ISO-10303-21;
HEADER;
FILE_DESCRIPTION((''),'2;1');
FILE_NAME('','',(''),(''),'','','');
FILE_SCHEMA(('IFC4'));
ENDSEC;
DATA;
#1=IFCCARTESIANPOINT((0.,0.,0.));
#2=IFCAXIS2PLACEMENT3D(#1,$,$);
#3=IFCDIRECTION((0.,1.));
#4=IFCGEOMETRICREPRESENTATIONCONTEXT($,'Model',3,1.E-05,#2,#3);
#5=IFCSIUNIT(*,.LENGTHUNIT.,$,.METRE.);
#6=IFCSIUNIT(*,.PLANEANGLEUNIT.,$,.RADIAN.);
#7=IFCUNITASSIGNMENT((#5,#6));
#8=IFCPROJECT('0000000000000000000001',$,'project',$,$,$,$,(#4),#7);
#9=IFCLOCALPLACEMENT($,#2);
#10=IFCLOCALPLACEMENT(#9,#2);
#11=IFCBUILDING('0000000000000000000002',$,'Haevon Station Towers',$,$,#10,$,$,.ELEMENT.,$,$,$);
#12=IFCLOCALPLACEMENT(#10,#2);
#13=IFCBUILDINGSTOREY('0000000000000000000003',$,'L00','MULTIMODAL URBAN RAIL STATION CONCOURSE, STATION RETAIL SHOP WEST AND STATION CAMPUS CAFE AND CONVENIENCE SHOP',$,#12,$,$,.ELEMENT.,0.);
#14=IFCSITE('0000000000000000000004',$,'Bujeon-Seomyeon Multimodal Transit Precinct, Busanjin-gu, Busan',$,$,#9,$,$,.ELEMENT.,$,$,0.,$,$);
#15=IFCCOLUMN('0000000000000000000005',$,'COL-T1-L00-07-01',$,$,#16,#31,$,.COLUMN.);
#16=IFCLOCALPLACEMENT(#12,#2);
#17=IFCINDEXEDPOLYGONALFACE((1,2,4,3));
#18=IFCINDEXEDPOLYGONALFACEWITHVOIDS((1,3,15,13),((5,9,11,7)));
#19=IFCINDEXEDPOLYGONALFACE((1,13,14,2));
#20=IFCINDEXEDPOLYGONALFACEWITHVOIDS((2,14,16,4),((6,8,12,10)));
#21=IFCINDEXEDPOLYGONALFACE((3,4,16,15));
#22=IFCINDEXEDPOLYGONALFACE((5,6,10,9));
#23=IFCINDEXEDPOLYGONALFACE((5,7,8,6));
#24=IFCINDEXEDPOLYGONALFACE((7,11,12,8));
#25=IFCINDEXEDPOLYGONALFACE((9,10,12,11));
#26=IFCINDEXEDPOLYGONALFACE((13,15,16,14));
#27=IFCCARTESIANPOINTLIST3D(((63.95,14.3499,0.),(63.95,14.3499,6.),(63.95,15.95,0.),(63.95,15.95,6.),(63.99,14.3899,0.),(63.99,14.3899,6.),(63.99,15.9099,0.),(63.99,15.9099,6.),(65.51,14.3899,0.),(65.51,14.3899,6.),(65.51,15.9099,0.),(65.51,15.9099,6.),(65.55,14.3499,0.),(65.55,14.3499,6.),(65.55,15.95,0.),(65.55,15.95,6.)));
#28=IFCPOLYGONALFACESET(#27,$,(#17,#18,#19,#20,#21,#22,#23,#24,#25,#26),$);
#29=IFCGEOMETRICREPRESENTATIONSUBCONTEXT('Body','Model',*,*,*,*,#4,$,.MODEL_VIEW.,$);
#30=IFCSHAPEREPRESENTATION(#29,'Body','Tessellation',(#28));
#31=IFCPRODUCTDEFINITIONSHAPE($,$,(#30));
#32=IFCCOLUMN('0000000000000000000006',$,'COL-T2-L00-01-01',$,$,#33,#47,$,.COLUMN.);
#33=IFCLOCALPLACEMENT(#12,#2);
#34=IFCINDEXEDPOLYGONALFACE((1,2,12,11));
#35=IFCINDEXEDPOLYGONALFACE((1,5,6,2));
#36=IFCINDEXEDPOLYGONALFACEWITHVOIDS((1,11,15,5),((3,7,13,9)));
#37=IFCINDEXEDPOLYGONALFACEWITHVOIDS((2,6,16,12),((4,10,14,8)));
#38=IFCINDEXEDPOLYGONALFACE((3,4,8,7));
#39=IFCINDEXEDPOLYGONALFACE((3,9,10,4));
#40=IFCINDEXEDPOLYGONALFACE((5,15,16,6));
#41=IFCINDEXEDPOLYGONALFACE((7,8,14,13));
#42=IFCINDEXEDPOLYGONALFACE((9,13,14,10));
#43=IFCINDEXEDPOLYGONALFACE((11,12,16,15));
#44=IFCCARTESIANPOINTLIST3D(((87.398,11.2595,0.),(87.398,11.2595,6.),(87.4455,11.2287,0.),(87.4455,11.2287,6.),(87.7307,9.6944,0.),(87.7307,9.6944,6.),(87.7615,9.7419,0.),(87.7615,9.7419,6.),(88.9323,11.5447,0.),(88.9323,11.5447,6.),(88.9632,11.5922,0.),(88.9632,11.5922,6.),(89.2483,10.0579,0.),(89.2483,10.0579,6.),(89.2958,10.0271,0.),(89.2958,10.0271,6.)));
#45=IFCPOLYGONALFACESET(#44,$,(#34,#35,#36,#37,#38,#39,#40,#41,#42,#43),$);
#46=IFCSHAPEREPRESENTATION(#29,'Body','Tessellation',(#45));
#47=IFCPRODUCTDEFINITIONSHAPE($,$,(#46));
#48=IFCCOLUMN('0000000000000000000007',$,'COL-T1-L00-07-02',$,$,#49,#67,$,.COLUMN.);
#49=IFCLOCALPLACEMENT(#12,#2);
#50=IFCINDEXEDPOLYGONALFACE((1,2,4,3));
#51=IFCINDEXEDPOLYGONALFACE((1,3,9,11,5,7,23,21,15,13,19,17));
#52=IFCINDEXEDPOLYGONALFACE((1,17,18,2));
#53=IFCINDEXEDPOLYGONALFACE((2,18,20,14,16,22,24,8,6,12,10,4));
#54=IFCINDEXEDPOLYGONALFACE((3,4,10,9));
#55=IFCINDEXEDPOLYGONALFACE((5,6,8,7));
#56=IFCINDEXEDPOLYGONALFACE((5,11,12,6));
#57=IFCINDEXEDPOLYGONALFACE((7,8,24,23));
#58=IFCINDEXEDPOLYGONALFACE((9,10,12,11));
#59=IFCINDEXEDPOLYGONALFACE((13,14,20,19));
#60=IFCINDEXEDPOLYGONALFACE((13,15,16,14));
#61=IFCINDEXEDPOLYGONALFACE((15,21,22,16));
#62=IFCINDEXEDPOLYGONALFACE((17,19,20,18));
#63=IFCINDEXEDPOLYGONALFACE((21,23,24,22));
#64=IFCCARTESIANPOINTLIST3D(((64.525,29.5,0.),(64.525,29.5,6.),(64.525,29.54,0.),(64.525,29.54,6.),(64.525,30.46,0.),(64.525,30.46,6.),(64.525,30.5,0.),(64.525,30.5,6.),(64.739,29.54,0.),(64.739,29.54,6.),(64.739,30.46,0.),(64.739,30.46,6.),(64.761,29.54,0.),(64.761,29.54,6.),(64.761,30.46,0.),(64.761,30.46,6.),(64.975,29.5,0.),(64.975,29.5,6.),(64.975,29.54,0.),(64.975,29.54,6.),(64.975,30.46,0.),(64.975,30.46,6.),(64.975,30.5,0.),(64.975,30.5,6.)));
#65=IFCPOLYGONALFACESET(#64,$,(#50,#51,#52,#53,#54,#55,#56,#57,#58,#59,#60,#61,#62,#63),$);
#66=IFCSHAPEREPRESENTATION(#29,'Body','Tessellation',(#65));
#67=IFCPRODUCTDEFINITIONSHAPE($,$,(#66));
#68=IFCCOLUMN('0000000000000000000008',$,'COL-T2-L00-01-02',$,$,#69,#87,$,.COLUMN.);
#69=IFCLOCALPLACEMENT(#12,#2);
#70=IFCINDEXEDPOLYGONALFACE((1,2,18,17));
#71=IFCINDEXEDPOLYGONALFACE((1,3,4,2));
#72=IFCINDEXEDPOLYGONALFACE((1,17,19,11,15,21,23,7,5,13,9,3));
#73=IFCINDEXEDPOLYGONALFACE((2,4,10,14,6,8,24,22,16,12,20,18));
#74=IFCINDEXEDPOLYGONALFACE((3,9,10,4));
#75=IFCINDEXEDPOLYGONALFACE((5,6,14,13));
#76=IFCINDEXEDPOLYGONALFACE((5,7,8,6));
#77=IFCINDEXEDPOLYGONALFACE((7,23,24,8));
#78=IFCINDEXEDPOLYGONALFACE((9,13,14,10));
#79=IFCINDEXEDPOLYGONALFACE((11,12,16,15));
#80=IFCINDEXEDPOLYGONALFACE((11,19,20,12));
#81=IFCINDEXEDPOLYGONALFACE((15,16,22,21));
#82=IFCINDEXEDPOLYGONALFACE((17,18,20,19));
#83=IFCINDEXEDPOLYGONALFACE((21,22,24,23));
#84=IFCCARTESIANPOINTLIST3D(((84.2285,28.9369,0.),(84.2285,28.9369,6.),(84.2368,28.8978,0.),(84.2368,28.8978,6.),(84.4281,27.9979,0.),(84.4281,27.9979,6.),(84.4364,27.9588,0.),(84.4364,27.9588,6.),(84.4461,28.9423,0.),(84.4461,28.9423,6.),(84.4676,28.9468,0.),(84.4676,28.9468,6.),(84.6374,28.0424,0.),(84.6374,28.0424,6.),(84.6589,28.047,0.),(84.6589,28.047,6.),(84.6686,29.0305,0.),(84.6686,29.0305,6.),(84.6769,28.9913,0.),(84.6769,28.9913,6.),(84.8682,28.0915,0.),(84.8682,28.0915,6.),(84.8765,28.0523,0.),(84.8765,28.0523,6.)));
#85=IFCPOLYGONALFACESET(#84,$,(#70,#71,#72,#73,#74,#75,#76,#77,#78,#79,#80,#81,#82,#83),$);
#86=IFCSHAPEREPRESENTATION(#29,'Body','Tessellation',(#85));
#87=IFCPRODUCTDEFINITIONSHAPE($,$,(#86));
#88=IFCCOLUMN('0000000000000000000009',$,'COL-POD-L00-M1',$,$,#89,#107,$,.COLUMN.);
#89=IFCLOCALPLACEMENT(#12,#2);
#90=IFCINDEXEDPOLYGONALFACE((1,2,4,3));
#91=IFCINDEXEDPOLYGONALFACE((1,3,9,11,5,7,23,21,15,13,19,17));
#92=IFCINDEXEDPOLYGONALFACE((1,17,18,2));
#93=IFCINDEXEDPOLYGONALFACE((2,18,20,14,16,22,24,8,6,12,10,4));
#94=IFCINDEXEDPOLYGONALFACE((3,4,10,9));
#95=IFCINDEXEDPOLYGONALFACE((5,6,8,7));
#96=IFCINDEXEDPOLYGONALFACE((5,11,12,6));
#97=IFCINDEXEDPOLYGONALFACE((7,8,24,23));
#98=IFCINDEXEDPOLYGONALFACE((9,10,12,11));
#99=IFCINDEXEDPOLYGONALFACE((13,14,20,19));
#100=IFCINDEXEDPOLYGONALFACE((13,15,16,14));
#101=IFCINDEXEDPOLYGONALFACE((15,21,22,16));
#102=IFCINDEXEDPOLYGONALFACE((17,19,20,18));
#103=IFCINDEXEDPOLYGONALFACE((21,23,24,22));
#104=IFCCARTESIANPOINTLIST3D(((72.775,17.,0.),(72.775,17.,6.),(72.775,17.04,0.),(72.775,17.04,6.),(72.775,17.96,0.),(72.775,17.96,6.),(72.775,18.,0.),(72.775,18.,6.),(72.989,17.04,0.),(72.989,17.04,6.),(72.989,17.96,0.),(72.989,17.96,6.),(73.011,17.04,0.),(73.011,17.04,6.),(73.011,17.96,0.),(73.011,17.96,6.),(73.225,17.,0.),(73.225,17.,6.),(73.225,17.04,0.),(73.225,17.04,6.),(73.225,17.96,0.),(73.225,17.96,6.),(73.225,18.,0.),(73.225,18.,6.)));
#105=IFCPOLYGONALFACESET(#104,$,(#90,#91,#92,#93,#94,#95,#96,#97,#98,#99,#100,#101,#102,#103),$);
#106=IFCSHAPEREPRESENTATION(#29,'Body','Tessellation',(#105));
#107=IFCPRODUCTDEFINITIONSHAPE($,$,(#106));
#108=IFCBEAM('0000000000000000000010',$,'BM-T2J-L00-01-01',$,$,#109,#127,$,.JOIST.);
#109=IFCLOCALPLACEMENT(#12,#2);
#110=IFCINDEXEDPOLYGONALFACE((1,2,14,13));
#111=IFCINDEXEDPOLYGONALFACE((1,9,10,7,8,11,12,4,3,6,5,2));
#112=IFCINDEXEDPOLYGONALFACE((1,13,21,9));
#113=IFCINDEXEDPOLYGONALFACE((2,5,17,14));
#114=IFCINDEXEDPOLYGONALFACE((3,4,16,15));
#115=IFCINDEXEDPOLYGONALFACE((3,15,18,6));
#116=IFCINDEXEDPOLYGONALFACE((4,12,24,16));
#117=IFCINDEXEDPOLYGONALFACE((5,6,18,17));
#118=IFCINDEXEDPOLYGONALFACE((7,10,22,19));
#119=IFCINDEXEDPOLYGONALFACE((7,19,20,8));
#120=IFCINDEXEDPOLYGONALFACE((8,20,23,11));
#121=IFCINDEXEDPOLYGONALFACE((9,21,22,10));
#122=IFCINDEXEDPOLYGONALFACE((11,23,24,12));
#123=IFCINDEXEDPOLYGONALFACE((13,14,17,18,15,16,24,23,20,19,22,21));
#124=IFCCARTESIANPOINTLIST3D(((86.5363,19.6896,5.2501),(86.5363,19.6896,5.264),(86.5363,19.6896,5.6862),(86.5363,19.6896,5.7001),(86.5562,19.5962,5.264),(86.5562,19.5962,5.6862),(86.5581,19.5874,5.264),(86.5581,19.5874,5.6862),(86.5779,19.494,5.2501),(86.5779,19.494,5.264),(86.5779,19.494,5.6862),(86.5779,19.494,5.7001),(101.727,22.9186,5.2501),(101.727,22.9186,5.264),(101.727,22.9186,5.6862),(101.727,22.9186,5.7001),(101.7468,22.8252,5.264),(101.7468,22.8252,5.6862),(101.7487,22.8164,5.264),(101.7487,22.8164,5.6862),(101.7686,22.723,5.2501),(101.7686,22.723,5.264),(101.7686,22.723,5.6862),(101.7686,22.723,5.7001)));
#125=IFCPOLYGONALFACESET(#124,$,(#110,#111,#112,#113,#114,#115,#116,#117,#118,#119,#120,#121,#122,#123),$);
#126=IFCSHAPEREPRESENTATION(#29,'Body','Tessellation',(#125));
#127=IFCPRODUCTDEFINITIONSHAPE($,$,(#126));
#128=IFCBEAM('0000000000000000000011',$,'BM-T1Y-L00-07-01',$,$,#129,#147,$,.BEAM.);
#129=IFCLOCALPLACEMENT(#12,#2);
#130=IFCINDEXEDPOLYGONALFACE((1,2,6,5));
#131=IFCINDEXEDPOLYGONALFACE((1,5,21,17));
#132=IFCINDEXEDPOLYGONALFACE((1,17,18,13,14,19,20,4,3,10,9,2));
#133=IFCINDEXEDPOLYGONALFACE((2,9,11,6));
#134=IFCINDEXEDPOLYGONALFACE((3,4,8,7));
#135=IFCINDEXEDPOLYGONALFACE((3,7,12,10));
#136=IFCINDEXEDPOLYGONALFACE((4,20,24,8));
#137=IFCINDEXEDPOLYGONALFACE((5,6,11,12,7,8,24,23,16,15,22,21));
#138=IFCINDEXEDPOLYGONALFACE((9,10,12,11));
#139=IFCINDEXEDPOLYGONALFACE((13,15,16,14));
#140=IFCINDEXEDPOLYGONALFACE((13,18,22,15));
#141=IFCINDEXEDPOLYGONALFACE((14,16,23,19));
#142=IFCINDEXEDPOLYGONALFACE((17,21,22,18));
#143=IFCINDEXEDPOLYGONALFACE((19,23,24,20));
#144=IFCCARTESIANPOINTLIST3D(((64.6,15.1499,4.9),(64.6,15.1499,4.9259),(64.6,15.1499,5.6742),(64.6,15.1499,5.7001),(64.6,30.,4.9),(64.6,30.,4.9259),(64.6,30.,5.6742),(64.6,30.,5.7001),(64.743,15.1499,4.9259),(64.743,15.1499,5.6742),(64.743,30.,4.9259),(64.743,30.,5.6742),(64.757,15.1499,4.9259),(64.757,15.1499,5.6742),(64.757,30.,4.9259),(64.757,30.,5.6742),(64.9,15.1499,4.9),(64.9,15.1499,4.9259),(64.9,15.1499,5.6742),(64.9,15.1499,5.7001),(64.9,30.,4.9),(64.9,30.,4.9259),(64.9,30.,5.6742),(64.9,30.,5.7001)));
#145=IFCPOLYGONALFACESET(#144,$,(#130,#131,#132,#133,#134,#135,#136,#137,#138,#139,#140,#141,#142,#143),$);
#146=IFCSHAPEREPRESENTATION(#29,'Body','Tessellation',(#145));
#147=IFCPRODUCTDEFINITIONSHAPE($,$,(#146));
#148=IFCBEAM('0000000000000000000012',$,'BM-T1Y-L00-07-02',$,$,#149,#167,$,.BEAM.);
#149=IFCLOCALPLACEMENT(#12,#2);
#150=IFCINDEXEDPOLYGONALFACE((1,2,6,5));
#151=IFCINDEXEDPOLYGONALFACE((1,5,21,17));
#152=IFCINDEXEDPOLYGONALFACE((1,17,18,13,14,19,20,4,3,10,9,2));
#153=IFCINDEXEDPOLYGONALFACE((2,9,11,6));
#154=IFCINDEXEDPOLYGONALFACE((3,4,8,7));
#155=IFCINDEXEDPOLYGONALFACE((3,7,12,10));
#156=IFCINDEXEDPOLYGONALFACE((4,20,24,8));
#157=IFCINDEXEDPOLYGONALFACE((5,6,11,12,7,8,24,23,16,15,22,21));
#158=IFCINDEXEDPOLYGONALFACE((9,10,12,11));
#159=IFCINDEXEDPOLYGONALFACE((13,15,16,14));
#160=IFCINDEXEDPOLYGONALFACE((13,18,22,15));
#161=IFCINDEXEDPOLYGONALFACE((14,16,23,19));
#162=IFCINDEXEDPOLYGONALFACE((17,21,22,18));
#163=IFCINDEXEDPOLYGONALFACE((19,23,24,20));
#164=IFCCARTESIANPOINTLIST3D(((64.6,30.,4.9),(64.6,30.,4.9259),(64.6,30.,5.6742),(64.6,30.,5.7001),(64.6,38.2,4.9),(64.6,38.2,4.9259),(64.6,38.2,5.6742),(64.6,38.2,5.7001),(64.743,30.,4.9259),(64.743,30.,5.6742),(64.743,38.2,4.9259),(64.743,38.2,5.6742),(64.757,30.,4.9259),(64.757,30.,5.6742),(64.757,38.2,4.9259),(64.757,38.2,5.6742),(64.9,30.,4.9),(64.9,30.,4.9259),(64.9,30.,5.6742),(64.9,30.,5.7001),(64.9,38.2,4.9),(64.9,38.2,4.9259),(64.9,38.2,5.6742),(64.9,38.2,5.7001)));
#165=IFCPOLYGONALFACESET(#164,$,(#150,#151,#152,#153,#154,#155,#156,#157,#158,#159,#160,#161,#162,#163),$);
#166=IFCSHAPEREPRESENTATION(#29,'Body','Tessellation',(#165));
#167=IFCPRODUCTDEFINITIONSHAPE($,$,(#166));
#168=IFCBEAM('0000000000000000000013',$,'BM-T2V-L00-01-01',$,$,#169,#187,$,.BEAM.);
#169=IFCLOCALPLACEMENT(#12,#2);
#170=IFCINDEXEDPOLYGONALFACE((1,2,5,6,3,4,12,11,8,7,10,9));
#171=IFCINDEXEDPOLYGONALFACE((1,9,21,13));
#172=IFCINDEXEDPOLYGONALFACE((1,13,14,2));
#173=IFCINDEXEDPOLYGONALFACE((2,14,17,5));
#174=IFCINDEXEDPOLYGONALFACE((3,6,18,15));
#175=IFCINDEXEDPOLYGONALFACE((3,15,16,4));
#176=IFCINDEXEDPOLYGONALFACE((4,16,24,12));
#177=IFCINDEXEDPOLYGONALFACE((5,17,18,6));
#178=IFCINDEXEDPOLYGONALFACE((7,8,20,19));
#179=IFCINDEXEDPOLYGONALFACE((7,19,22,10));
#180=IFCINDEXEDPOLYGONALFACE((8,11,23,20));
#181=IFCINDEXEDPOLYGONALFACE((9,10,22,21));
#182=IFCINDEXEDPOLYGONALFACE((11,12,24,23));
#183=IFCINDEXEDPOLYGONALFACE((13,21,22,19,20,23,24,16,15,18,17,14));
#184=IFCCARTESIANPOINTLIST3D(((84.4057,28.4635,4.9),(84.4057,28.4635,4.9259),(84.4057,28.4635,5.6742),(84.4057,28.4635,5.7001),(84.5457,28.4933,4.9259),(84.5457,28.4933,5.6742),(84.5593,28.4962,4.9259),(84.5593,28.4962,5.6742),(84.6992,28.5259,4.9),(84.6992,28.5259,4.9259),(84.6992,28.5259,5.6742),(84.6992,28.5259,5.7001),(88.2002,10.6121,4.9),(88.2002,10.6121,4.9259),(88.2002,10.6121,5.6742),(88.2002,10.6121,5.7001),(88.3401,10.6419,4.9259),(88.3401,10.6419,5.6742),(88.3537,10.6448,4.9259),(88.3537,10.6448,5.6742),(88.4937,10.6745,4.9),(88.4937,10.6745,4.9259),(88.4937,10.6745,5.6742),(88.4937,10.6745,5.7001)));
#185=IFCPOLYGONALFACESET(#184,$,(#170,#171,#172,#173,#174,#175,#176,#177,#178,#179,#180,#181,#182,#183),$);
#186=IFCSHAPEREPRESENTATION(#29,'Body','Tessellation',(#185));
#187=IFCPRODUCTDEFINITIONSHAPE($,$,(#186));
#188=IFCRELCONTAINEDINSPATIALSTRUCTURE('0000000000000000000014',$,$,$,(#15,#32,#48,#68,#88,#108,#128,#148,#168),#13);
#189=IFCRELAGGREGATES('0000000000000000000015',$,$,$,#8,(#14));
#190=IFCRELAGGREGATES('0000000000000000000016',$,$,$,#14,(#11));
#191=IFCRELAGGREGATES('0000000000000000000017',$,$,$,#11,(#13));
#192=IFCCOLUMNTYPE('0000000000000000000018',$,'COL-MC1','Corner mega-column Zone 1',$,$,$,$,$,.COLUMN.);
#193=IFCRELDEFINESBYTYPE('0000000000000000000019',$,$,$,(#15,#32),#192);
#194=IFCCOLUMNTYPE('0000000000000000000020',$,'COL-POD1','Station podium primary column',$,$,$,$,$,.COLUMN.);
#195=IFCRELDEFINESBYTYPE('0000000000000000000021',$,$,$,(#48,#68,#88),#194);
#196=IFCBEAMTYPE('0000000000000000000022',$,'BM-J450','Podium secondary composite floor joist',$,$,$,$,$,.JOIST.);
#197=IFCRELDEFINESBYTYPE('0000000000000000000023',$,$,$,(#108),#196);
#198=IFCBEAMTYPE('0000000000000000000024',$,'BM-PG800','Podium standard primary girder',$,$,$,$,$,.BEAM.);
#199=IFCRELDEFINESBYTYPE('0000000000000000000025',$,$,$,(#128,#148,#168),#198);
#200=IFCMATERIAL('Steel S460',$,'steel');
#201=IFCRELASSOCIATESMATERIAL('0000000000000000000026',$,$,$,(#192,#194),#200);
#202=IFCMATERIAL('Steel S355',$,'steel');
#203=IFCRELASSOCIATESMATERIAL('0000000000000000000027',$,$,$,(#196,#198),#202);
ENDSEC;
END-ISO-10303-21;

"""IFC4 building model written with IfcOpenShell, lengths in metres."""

from ifc_helpers import new_model, si_unit, direction, frame, origin, origin_2d, place, context, subcontext, project, spatial, hollow_rectangle, i_section, extrude, material, material_profile, profile_set, type_object, element, save


model = new_model("IFC4")

# Units and contexts
model_context = context("Model", 3, precision=1e-05, world=origin(), true_north=direction((0.0, 1.0)))
body_context = subcontext(model_context, "Body", "Model", "MODEL_VIEW")
ifc_project = project(units=[si_unit("LENGTHUNIT", "METRE"), si_unit("PLANEANGLEUNIT", "RADIAN")], contexts=[model_context])

# Site, building, storey
site_placement = place(None, origin())
site = spatial("IfcSite", under=ifc_project, at=site_placement, Name="Bujeon-Seomyeon Multimodal Transit Precinct, Busanjin-gu, Busan", CompositionType="ELEMENT", RefElevation=0.0)
building_placement = place(site_placement, origin())
building = spatial("IfcBuilding", under=site, at=building_placement, Name="Haevon Station Towers", CompositionType="ELEMENT")
storey_placement = place(building_placement, origin())
storey = spatial("IfcBuildingStorey", under=building, at=storey_placement, Name="L00", Description="MULTIMODAL URBAN RAIL STATION CONCOURSE, STATION RETAIL SHOP WEST AND STATION CAMPUS CAFE AND CONVENIENCE SHOP", CompositionType="ELEMENT", Elevation=0.0)

# Columns
ifc_material_1 = material(Name="Steel S460", Category="steel")
ifc_material_profile_1 = material_profile(ifc_material_1, hollow_rectangle(XDim=1.6001, YDim=1.6001, WallThickness=0.04, at=origin_2d()), Name="BOX-1600x1600x40")
ifc_profile_set_1 = profile_set([ifc_material_profile_1], Name="Steel S460")
column_type_1 = type_object("IfcColumnType", Name="COL-MC1", Description="Corner mega-column Zone 1", PredefinedType="COLUMN", material=ifc_profile_set_1)
for number, where, z_axis, x_axis, name in (
    (1, (64.75, 15.1499, 0.0), (0.0, 0.0, 1.0), (1.0, 0.0, 0.0), "COL-T1-L00-07-01"),
    (2, (88.3469, 10.6433, 0.0), (0.0, 0.0, 1.0), (0.978148, 0.207912, 0.0), "COL-T2-L00-01-01"),
):
    element("IfcColumn", number, at=place(storey_placement, frame(where, z_axis=z_axis, x_axis=x_axis)), inside=storey, type_object=column_type_1, Name=name, PredefinedType="COLUMN", context=body_context, shape_type="SweptSolid", body=[
        extrude(hollow_rectangle(XDim=1.6001, YDim=1.6001, WallThickness=0.04, at=origin_2d()), origin(), (0.0, 0.0, 1.0), 6.0),
    ])
ifc_material_profile_2 = material_profile(ifc_material_1, i_section(OverallWidth=0.45, OverallDepth=1.0, WebThickness=0.022, FlangeThickness=0.04, at=origin_2d()), Name="H-1000x450x22x40")
ifc_profile_set_2 = profile_set([ifc_material_profile_2], Name="Steel S460")
column_type_2 = type_object("IfcColumnType", Name="COL-POD1", Description="Station podium primary column", PredefinedType="COLUMN", material=ifc_profile_set_2)
for number, where, z_axis, x_axis, name in (
    (3, (64.75, 30.0, 0.0), (0.0, 0.0, 1.0), (1.0, 0.0, 0.0), "COL-T1-L00-07-02"),
    (4, (84.5525, 28.4946, 0.0), (0.0, 0.0, 1.0), (0.978148, 0.207912, 0.0), "COL-T2-L00-01-02"),
    (5, (73.0, 17.5, 0.0), (0.0, 0.0, 1.0), (1.0, 0.0, 0.0), "COL-POD-L00-M1"),
):
    element("IfcColumn", number, at=place(storey_placement, frame(where, z_axis=z_axis, x_axis=x_axis)), inside=storey, type_object=column_type_2, Name=name, PredefinedType="COLUMN", context=body_context, shape_type="SweptSolid", body=[
        extrude(i_section(OverallWidth=0.45, OverallDepth=1.0, WebThickness=0.022, FlangeThickness=0.04, at=origin_2d()), origin(), (0.0, 0.0, 1.0), 6.0),
    ])

# Beams
ifc_material_2 = material(Name="Steel S355", Category="steel")
ifc_material_profile_3 = material_profile(ifc_material_2, i_section(OverallWidth=0.2, OverallDepth=0.45, WebThickness=0.009, FlangeThickness=0.0139, at=origin_2d()), Name="H-450x200x9x14")
ifc_profile_set_3 = profile_set([ifc_material_profile_3], Name="Steel S355")
beam_type_1 = type_object("IfcBeamType", Name="BM-J450", Description="Podium secondary composite floor joist", PredefinedType="JOIST", material=ifc_profile_set_3)
beam_1_placement = place(storey_placement, frame((86.5571, 19.5918, 5.4751), z_axis=(0.978146, 0.207919, 0.0), x_axis=(-0.207919, 0.978146, 0.0)))
element("IfcBeam", 6, at=beam_1_placement, inside=storey, type_object=beam_type_1, Name="BM-T2J-L00-01-01", PredefinedType="JOIST", context=body_context, shape_type="SweptSolid", body=[
    extrude(i_section(OverallWidth=0.2, OverallDepth=0.45, WebThickness=0.009, FlangeThickness=0.0139, at=origin_2d()), origin(), (0.0, 0.0, 1.0), 15.53),
])
ifc_material_profile_4 = material_profile(ifc_material_2, i_section(OverallWidth=0.3, OverallDepth=0.8, WebThickness=0.0139, FlangeThickness=0.0259, at=origin_2d()), Name="H-800x300x14x26")
ifc_profile_set_4 = profile_set([ifc_material_profile_4], Name="Steel S355")
beam_type_2 = type_object("IfcBeamType", Name="BM-PG800", Description="Podium standard primary girder", PredefinedType="BEAM", material=ifc_profile_set_4)
beam_2_placement = place(storey_placement, frame((64.75, 15.1499, 5.3), z_axis=(0.0, 1.0, 0.0), x_axis=(-1.0, 0.0, 0.0)))
element("IfcBeam", 7, at=beam_2_placement, inside=storey, type_object=beam_type_2, Name="BM-T1Y-L00-07-01", PredefinedType="BEAM", context=body_context, shape_type="SweptSolid", body=[
    extrude(i_section(OverallWidth=0.3, OverallDepth=0.8, WebThickness=0.0139, FlangeThickness=0.0259, at=origin_2d()), origin(), (0.0, 0.0, 1.0), 14.8501),
])
beam_3_placement = place(storey_placement, frame((64.75, 30.0, 5.3), z_axis=(0.0, 1.0, 0.0), x_axis=(-1.0, 0.0, 0.0)))
element("IfcBeam", 8, at=beam_3_placement, inside=storey, type_object=beam_type_2, Name="BM-T1Y-L00-07-02", PredefinedType="BEAM", context=body_context, shape_type="SweptSolid", body=[
    extrude(i_section(OverallWidth=0.3, OverallDepth=0.8, WebThickness=0.0139, FlangeThickness=0.0259, at=origin_2d()), origin(), (0.0, 0.0, 1.0), 8.2),
])
beam_4_placement = place(storey_placement, frame((88.3469, 10.6433, 5.3), z_axis=(-0.207913, 0.978147, 0.0), x_axis=(-0.978147, -0.207913, 0.0)))
element("IfcBeam", 9, at=beam_4_placement, inside=storey, type_object=beam_type_2, Name="BM-T2V-L00-01-01", PredefinedType="BEAM", context=body_context, shape_type="SweptSolid", body=[
    extrude(i_section(OverallWidth=0.3, OverallDepth=0.8, WebThickness=0.0139, FlangeThickness=0.0259, at=origin_2d()), origin(), (0.0, 0.0, 1.0), 18.2502),
])

save(model, "model.ifc")
